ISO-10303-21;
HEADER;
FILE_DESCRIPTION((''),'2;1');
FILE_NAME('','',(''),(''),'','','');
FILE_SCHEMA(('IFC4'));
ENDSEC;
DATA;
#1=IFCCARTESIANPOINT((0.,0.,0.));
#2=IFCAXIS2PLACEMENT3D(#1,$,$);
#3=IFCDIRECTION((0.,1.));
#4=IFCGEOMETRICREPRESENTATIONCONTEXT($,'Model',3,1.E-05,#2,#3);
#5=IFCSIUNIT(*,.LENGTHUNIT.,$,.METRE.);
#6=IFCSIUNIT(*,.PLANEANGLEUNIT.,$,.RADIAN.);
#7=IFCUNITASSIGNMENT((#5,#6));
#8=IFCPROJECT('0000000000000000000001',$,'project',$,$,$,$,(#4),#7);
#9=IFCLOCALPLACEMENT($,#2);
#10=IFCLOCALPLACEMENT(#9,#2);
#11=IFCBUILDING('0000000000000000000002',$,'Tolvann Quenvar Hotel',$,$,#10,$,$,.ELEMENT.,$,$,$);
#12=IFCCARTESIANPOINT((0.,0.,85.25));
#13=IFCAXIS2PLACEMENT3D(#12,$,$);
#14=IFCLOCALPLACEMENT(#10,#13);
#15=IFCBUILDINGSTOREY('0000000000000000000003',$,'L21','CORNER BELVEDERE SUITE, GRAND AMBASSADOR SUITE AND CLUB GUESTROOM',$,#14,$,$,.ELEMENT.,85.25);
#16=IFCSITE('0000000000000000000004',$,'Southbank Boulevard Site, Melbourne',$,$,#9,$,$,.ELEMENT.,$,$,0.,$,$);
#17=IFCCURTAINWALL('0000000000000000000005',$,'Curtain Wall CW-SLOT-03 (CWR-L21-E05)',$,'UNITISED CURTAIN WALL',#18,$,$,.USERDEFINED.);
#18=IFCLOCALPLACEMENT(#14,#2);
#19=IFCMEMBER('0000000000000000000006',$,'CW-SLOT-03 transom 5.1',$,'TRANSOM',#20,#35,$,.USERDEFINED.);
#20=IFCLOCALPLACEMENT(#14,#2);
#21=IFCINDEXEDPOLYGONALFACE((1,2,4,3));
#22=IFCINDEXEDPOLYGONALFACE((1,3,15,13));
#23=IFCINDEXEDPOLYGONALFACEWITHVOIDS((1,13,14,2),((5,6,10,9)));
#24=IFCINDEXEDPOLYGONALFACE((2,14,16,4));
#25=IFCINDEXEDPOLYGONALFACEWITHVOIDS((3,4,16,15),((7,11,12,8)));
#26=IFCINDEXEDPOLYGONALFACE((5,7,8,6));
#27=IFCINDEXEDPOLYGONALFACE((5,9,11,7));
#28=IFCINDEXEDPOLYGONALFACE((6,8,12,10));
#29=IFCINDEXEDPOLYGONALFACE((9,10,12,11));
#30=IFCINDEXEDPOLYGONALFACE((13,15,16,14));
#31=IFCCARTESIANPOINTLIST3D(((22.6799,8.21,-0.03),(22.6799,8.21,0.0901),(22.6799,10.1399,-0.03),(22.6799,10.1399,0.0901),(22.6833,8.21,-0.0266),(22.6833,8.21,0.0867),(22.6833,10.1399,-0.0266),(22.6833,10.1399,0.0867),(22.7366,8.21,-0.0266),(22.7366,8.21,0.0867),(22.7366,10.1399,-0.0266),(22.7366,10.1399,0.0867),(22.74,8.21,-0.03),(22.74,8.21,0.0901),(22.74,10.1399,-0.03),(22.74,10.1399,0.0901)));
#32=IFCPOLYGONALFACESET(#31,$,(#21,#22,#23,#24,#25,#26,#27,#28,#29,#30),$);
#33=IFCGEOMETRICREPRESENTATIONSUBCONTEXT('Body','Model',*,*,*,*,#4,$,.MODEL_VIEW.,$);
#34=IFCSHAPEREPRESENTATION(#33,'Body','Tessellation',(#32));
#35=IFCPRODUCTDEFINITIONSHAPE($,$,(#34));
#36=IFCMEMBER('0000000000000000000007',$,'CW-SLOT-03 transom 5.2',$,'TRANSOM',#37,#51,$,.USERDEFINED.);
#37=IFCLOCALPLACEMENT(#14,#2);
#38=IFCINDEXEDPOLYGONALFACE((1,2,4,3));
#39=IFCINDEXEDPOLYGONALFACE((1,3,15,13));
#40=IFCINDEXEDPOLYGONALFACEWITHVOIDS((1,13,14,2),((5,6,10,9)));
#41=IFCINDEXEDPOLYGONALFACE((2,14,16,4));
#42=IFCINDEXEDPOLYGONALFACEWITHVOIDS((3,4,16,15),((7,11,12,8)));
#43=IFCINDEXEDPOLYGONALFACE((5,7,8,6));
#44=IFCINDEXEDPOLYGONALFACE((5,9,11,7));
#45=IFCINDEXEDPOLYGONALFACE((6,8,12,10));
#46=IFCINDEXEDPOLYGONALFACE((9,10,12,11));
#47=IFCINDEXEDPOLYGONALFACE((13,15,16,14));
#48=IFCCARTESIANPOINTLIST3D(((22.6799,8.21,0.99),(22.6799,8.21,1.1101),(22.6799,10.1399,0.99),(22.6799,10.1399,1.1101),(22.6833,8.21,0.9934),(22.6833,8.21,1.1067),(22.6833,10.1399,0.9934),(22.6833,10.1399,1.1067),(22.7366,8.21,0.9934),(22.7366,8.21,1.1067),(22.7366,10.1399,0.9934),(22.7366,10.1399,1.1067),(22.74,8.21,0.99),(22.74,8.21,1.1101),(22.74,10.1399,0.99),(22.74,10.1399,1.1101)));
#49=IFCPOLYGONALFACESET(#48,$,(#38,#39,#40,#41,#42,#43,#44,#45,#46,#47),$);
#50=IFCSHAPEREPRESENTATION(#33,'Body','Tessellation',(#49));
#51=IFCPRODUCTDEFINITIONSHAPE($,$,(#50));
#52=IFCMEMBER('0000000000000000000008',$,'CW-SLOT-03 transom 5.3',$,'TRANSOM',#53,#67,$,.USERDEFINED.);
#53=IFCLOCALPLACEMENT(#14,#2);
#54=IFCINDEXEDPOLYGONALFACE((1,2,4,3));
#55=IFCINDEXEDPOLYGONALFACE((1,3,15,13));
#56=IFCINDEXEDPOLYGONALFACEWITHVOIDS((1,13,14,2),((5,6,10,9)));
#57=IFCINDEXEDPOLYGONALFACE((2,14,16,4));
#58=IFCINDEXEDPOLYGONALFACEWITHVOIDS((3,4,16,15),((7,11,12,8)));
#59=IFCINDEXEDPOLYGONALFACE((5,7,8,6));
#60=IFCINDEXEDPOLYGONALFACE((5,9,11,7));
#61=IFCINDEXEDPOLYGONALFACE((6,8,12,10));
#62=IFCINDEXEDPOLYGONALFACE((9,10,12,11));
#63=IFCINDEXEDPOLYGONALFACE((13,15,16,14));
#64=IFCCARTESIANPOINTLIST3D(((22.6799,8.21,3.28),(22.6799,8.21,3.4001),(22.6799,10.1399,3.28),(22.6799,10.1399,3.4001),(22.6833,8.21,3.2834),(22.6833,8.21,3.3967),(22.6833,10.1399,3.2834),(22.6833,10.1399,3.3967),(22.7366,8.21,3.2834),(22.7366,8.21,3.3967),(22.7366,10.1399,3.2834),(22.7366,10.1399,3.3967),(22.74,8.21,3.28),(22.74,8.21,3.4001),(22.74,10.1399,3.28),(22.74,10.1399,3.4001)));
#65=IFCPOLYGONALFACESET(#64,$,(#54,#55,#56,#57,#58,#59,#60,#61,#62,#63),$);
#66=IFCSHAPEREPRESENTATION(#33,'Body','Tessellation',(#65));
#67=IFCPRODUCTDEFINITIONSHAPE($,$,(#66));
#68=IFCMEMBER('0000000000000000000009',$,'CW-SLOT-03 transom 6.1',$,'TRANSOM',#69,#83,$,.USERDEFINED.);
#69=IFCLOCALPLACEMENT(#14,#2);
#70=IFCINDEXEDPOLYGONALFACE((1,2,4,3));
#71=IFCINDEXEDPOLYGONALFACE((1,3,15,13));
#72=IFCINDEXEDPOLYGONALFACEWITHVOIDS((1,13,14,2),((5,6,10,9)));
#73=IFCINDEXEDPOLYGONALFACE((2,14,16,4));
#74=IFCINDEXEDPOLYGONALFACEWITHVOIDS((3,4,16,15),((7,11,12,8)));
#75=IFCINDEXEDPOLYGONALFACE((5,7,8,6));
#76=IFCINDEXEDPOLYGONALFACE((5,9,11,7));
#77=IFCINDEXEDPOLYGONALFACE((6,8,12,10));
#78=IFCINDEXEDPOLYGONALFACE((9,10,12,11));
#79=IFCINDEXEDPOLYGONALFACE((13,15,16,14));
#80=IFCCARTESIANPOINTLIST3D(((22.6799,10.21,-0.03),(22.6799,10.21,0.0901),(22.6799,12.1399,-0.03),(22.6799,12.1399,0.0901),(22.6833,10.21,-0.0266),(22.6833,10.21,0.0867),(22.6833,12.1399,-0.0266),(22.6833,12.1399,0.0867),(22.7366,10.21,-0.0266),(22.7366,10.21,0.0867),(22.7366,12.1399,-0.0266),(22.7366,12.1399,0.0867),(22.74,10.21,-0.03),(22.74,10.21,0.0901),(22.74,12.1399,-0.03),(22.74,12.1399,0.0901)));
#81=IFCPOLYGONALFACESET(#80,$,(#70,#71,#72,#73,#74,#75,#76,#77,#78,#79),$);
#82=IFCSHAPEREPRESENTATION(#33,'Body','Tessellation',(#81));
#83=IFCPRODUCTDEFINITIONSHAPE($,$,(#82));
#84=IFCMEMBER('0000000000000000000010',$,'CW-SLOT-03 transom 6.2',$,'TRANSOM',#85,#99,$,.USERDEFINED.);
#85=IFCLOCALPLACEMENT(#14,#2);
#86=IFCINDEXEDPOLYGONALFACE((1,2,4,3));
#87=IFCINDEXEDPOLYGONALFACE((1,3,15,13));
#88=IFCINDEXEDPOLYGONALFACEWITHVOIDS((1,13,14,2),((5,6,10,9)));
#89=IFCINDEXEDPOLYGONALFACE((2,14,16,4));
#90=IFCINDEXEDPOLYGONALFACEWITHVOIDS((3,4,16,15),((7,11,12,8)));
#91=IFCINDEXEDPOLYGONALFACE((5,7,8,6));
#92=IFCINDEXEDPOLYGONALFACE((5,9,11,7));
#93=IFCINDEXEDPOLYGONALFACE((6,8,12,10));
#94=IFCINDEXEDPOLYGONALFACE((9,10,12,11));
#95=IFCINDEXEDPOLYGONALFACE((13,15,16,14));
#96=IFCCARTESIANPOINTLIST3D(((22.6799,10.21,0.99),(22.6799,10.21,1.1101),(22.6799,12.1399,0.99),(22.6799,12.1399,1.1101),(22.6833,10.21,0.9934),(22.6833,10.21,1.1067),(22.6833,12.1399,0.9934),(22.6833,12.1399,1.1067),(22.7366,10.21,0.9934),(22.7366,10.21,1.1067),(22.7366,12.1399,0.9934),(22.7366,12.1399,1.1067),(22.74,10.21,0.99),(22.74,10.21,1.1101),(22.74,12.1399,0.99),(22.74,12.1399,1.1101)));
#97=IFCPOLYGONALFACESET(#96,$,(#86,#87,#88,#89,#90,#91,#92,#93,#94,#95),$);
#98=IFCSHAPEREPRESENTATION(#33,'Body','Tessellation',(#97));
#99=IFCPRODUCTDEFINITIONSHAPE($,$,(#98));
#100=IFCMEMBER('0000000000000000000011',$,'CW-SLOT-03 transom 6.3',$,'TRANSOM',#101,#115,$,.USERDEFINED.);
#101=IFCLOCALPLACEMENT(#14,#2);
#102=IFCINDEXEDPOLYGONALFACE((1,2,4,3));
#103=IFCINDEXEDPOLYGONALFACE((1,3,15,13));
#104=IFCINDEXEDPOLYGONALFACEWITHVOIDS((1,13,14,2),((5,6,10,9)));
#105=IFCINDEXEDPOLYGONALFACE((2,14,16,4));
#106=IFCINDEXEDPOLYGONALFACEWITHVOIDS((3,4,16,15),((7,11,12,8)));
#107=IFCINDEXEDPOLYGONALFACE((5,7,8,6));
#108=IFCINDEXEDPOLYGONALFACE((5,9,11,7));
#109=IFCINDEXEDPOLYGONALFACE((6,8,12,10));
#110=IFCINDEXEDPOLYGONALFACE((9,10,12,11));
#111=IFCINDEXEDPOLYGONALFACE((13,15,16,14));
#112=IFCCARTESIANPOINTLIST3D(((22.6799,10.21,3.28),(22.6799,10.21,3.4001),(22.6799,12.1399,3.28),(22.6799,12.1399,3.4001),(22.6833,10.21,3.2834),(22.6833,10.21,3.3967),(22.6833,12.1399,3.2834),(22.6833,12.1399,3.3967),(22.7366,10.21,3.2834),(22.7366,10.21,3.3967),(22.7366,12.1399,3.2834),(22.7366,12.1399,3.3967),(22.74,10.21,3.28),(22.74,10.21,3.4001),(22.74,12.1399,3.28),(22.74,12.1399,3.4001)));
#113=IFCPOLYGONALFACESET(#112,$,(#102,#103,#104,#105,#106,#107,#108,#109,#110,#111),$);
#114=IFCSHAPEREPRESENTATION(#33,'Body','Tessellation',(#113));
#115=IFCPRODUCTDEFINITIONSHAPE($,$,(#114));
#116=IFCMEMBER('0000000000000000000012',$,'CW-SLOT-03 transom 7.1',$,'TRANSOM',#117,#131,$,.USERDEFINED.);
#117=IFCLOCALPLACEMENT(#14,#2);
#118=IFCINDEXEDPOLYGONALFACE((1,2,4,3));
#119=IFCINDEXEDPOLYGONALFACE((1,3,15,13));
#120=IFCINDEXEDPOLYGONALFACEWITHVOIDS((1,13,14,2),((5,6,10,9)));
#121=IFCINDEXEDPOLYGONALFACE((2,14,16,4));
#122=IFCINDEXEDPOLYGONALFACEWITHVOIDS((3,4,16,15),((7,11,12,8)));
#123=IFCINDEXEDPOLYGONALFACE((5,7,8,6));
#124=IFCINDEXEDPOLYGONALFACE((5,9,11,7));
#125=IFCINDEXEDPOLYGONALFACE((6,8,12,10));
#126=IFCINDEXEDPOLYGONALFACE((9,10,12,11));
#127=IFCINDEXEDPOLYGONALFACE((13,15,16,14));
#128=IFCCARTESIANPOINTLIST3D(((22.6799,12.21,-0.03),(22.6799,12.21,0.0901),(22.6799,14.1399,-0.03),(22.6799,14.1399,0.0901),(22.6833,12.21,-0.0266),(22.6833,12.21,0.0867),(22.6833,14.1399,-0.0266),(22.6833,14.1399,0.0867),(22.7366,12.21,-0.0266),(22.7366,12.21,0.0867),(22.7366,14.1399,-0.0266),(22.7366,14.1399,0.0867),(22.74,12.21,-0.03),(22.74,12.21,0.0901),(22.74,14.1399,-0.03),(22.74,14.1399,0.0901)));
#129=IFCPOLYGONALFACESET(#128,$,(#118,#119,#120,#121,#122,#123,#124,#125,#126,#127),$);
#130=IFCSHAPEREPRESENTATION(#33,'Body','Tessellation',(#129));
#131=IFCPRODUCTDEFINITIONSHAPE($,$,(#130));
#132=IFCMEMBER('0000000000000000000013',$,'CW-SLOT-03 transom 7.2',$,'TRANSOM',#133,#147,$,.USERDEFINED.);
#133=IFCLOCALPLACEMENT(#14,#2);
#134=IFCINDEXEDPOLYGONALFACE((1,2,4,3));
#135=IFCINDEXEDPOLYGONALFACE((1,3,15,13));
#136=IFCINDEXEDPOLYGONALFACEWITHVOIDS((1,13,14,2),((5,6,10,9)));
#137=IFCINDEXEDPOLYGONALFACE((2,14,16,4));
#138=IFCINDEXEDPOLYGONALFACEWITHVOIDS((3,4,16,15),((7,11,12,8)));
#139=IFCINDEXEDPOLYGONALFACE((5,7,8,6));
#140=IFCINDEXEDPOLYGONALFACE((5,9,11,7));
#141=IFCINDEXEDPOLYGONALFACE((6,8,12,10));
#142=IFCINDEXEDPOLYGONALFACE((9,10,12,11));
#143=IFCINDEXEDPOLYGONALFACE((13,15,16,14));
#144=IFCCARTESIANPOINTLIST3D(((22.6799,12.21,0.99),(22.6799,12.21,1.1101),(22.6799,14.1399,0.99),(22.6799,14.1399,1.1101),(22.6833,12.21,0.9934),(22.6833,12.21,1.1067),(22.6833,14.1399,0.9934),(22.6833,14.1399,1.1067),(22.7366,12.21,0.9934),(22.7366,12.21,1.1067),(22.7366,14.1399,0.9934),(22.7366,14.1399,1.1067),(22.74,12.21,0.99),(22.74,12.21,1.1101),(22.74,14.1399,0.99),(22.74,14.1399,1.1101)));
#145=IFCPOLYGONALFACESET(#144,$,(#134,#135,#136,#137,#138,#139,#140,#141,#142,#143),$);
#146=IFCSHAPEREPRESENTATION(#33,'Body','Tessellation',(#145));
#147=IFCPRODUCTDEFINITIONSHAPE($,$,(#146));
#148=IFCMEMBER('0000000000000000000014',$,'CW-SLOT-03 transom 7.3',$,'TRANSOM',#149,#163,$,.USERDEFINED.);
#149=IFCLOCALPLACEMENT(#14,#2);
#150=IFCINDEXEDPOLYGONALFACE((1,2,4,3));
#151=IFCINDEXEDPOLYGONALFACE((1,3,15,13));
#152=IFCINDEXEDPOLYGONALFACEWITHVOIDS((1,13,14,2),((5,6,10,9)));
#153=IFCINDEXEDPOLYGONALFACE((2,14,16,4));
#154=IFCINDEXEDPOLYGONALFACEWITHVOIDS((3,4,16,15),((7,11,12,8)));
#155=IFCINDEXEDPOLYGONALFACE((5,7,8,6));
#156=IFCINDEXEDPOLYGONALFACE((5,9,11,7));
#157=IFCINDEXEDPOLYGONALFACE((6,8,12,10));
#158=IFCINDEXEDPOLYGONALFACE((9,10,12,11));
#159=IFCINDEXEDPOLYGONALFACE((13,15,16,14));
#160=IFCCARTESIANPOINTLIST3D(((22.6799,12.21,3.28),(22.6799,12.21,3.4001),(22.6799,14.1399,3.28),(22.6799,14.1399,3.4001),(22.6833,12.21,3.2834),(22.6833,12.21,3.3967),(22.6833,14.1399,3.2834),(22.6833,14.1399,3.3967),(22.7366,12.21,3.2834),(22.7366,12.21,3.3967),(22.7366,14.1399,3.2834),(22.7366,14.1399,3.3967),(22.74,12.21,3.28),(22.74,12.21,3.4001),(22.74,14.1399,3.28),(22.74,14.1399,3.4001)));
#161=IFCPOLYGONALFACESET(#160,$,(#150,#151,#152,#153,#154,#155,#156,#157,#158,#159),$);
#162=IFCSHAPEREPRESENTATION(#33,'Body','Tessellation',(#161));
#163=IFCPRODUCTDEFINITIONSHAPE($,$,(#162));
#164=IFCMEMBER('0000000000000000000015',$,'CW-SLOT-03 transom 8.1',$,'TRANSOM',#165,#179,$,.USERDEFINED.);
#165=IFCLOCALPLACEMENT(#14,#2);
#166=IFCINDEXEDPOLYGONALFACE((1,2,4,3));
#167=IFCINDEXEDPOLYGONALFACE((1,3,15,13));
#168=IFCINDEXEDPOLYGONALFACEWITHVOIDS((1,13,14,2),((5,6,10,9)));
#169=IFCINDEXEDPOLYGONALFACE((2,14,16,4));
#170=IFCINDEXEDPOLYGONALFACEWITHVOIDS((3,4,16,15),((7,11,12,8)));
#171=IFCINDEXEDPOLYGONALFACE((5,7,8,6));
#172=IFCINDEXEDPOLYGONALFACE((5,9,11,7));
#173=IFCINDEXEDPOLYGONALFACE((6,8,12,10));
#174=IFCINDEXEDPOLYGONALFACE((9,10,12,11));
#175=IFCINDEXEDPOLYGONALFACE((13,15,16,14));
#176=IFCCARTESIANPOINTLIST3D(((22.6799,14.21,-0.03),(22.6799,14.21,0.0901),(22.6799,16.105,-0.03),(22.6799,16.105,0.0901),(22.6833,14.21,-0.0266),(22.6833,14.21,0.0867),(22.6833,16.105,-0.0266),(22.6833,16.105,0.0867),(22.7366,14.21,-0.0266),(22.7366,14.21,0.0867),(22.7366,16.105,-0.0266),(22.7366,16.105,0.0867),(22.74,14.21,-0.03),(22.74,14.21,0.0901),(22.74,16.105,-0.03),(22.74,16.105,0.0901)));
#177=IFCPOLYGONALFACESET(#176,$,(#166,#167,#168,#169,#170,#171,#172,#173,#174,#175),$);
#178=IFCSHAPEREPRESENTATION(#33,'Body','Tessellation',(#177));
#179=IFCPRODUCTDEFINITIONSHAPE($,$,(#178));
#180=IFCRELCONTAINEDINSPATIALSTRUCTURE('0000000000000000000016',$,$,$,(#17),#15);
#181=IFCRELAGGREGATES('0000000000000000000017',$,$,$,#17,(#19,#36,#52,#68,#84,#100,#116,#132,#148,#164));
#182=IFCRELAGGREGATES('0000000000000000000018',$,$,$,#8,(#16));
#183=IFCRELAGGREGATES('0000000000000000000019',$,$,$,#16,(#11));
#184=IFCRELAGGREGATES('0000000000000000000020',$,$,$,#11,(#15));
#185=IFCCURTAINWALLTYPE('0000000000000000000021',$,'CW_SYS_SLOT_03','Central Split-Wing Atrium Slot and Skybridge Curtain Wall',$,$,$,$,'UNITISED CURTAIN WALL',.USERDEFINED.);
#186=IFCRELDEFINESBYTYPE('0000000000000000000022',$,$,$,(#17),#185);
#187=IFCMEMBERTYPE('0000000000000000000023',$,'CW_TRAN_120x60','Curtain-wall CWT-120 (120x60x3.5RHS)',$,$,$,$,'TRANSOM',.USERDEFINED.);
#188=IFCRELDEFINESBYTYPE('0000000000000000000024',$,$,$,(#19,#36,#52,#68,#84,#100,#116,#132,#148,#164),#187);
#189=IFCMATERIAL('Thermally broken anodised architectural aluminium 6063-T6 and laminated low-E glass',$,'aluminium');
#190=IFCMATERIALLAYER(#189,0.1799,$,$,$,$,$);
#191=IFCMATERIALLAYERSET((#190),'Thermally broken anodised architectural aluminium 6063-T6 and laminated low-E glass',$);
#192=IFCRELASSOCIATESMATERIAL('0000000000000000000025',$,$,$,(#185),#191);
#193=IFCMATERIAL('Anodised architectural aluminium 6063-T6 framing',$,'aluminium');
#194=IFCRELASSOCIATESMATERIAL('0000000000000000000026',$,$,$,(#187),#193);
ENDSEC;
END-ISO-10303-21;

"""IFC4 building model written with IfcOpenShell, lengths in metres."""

from ifc_helpers import new_model, si_unit, direction, frame, origin, origin_2d, place, context, subcontext, project, spatial, hollow_rectangle, extrude, source, transform, mapped, material, layer, layer_set, material_profile, profile_set, type_object, type_shapes, element, aggregate, save


model = new_model("IFC4")

# Units and contexts
model_context = context("Model", 3, precision=1e-05, world=origin(), true_north=direction((0.0, 1.0)))
body_context = subcontext(model_context, "Body", "Model", "MODEL_VIEW")
ifc_project = project(units=[si_unit("LENGTHUNIT", "METRE"), si_unit("PLANEANGLEUNIT", "RADIAN")], contexts=[model_context])

# Site, building, storey
site_placement = place(None, origin())
site = spatial("IfcSite", under=ifc_project, at=site_placement, Name="Southbank Boulevard Site, Melbourne", CompositionType="ELEMENT", RefElevation=0.0)
building_placement = place(site_placement, origin())
building = spatial("IfcBuilding", under=site, at=building_placement, Name="Tolvann Quenvar Hotel", CompositionType="ELEMENT")
storey_placement = place(building_placement, frame((0.0, 0.0, 85.25)))
storey = spatial("IfcBuildingStorey", under=building, at=storey_placement, Name="L21", Description="CORNER BELVEDERE SUITE, GRAND AMBASSADOR SUITE AND CLUB GUESTROOM", CompositionType="ELEMENT", Elevation=85.25)

# Curtain wall, members
ifc_material_1 = material(Name="Thermally broken anodised architectural aluminium 6063-T6 and laminated low-E glass", Category="aluminium")
ifc_layer_1 = layer(ifc_material_1, 0.1799)
ifc_layer_set_1 = layer_set([ifc_layer_1], Name="Thermally broken anodised architectural aluminium 6063-T6 and laminated low-E glass")
curtain_wall_type = type_object("IfcCurtainWallType", Name="CW_SYS_SLOT_03", Description="Central Split-Wing Atrium Slot and Skybridge Curtain Wall", ElementType="UNITISED CURTAIN WALL", PredefinedType="USERDEFINED", material=ifc_layer_set_1)
curtain_wall_placement = place(storey_placement, origin())
curtain_wall = element("IfcCurtainWall", 1, at=curtain_wall_placement, inside=storey, type_object=curtain_wall_type, Name="Curtain Wall CW-SLOT-03 (CWR-L21-E05)", ObjectType="UNITISED CURTAIN WALL", PredefinedType="USERDEFINED")
ifc_material_2 = material(Name="Anodised architectural aluminium 6063-T6 framing", Category="aluminium")
ifc_material_profile_1 = material_profile(ifc_material_2, hollow_rectangle(XDim=0.0601, YDim=0.1201, WallThickness=0.0034, at=origin_2d()), Name="120x60x3.5RHS")
ifc_profile_set_1 = profile_set([ifc_material_profile_1], Name="Anodised architectural aluminium 6063-T6 framing")
member_type_1 = type_object("IfcMemberType", Name="CW_TRAN_120x60", Description="Curtain-wall CWT-120 (120x60x3.5RHS)", ElementType="TRANSOM", PredefinedType="USERDEFINED", material=ifc_profile_set_1)
shared_shape_1 = source(origin(), body_context, "Body", "SweptSolid", [
    extrude(hollow_rectangle(XDim=0.0601, YDim=0.1201, WallThickness=0.0034, at=origin_2d()), origin(), (0.0, 0.0, 1.0), 1.9299),
])
member_1_placement = place(storey_placement, frame((22.71, 8.21, 0.03), z_axis=(0.0, 1.0, 0.0), x_axis=(-1.0, 0.0, 0.0)))
member_1 = element("IfcMember", 2, at=member_1_placement, type_object=member_type_1, Name="CW-SLOT-03 transom 5.1", ObjectType="TRANSOM", PredefinedType="USERDEFINED", context=body_context, shape_type="MappedRepresentation", body=[
    mapped(shared_shape_1, transform((0.0, 0.0, 0.0), x_axis=(1.0, 0.0, 0.0), y_axis=(0.0, 1.0, 0.0), z_axis=(0.0, 0.0, 1.0), scale=1.0)),
])
member_2_placement = place(storey_placement, frame((22.71, 8.21, 1.05), z_axis=(0.0, 1.0, 0.0), x_axis=(-1.0, 0.0, 0.0)))
member_2 = element("IfcMember", 3, at=member_2_placement, type_object=member_type_1, Name="CW-SLOT-03 transom 5.2", ObjectType="TRANSOM", PredefinedType="USERDEFINED", context=body_context, shape_type="MappedRepresentation", body=[
    mapped(shared_shape_1, transform((0.0, 0.0, 0.0), x_axis=(1.0, 0.0, 0.0), y_axis=(0.0, 1.0, 0.0), z_axis=(0.0, 0.0, 1.0), scale=1.0)),
])
member_3_placement = place(storey_placement, frame((22.71, 8.21, 3.3401), z_axis=(0.0, 1.0, 0.0), x_axis=(-1.0, 0.0, 0.0)))
member_3 = element("IfcMember", 4, at=member_3_placement, type_object=member_type_1, Name="CW-SLOT-03 transom 5.3", ObjectType="TRANSOM", PredefinedType="USERDEFINED", context=body_context, shape_type="MappedRepresentation", body=[
    mapped(shared_shape_1, transform((0.0, 0.0, 0.0), x_axis=(1.0, 0.0, 0.0), y_axis=(0.0, 1.0, 0.0), z_axis=(0.0, 0.0, 1.0), scale=1.0)),
])
member_4_placement = place(storey_placement, frame((22.71, 10.21, 0.03), z_axis=(0.0, 1.0, 0.0), x_axis=(-1.0, 0.0, 0.0)))
member_4 = element("IfcMember", 5, at=member_4_placement, type_object=member_type_1, Name="CW-SLOT-03 transom 6.1", ObjectType="TRANSOM", PredefinedType="USERDEFINED", context=body_context, shape_type="MappedRepresentation", body=[
    mapped(shared_shape_1, transform((0.0, 0.0, 0.0), x_axis=(1.0, 0.0, 0.0), y_axis=(0.0, 1.0, 0.0), z_axis=(0.0, 0.0, 1.0), scale=1.0)),
])
member_5_placement = place(storey_placement, frame((22.71, 10.21, 1.05), z_axis=(0.0, 1.0, 0.0), x_axis=(-1.0, 0.0, 0.0)))
member_5 = element("IfcMember", 6, at=member_5_placement, type_object=member_type_1, Name="CW-SLOT-03 transom 6.2", ObjectType="TRANSOM", PredefinedType="USERDEFINED", context=body_context, shape_type="MappedRepresentation", body=[
    mapped(shared_shape_1, transform((0.0, 0.0, 0.0), x_axis=(1.0, 0.0, 0.0), y_axis=(0.0, 1.0, 0.0), z_axis=(0.0, 0.0, 1.0), scale=1.0)),
])
member_6_placement = place(storey_placement, frame((22.71, 10.21, 3.3401), z_axis=(0.0, 1.0, 0.0), x_axis=(-1.0, 0.0, 0.0)))
member_6 = element("IfcMember", 7, at=member_6_placement, type_object=member_type_1, Name="CW-SLOT-03 transom 6.3", ObjectType="TRANSOM", PredefinedType="USERDEFINED", context=body_context, shape_type="MappedRepresentation", body=[
    mapped(shared_shape_1, transform((0.0, 0.0, 0.0), x_axis=(1.0, 0.0, 0.0), y_axis=(0.0, 1.0, 0.0), z_axis=(0.0, 0.0, 1.0), scale=1.0)),
])
member_7_placement = place(storey_placement, frame((22.71, 12.21, 0.03), z_axis=(0.0, 1.0, 0.0), x_axis=(-1.0, 0.0, 0.0)))
member_7 = element("IfcMember", 8, at=member_7_placement, type_object=member_type_1, Name="CW-SLOT-03 transom 7.1", ObjectType="TRANSOM", PredefinedType="USERDEFINED", context=body_context, shape_type="MappedRepresentation", body=[
    mapped(shared_shape_1, transform((0.0, 0.0, 0.0), x_axis=(1.0, 0.0, 0.0), y_axis=(0.0, 1.0, 0.0), z_axis=(0.0, 0.0, 1.0), scale=1.0)),
])
member_8_placement = place(storey_placement, frame((22.71, 12.21, 1.05), z_axis=(0.0, 1.0, 0.0), x_axis=(-1.0, 0.0, 0.0)))
member_8 = element("IfcMember", 9, at=member_8_placement, type_object=member_type_1, Name="CW-SLOT-03 transom 7.2", ObjectType="TRANSOM", PredefinedType="USERDEFINED", context=body_context, shape_type="MappedRepresentation", body=[
    mapped(shared_shape_1, transform((0.0, 0.0, 0.0), x_axis=(1.0, 0.0, 0.0), y_axis=(0.0, 1.0, 0.0), z_axis=(0.0, 0.0, 1.0), scale=1.0)),
])
member_9_placement = place(storey_placement, frame((22.71, 12.21, 3.3401), z_axis=(0.0, 1.0, 0.0), x_axis=(-1.0, 0.0, 0.0)))
member_9 = element("IfcMember", 10, at=member_9_placement, type_object=member_type_1, Name="CW-SLOT-03 transom 7.3", ObjectType="TRANSOM", PredefinedType="USERDEFINED", context=body_context, shape_type="MappedRepresentation", body=[
    mapped(shared_shape_1, transform((0.0, 0.0, 0.0), x_axis=(1.0, 0.0, 0.0), y_axis=(0.0, 1.0, 0.0), z_axis=(0.0, 0.0, 1.0), scale=1.0)),
])
shared_shape_2 = source(origin(), body_context, "Body", "SweptSolid", [
    extrude(hollow_rectangle(XDim=0.0601, YDim=0.1201, WallThickness=0.0034, at=origin_2d()), origin(), (0.0, 0.0, 1.0), 1.895),
])
type_shapes(member_type_1, [shared_shape_1, shared_shape_2])
member_10_placement = place(storey_placement, frame((22.71, 14.21, 0.03), z_axis=(0.0, 1.0, 0.0), x_axis=(-1.0, 0.0, 0.0)))
member_10 = element("IfcMember", 11, at=member_10_placement, type_object=member_type_1, Name="CW-SLOT-03 transom 8.1", ObjectType="TRANSOM", PredefinedType="USERDEFINED", context=body_context, shape_type="MappedRepresentation", body=[
    mapped(shared_shape_2, transform((0.0, 0.0, 0.0), x_axis=(1.0, 0.0, 0.0), y_axis=(0.0, 1.0, 0.0), z_axis=(0.0, 0.0, 1.0), scale=1.0)),
])
aggregate(curtain_wall, [member_1, member_2, member_3, member_4, member_5, member_6, member_7, member_8, member_9, member_10])

save(model, "model.ifc")
